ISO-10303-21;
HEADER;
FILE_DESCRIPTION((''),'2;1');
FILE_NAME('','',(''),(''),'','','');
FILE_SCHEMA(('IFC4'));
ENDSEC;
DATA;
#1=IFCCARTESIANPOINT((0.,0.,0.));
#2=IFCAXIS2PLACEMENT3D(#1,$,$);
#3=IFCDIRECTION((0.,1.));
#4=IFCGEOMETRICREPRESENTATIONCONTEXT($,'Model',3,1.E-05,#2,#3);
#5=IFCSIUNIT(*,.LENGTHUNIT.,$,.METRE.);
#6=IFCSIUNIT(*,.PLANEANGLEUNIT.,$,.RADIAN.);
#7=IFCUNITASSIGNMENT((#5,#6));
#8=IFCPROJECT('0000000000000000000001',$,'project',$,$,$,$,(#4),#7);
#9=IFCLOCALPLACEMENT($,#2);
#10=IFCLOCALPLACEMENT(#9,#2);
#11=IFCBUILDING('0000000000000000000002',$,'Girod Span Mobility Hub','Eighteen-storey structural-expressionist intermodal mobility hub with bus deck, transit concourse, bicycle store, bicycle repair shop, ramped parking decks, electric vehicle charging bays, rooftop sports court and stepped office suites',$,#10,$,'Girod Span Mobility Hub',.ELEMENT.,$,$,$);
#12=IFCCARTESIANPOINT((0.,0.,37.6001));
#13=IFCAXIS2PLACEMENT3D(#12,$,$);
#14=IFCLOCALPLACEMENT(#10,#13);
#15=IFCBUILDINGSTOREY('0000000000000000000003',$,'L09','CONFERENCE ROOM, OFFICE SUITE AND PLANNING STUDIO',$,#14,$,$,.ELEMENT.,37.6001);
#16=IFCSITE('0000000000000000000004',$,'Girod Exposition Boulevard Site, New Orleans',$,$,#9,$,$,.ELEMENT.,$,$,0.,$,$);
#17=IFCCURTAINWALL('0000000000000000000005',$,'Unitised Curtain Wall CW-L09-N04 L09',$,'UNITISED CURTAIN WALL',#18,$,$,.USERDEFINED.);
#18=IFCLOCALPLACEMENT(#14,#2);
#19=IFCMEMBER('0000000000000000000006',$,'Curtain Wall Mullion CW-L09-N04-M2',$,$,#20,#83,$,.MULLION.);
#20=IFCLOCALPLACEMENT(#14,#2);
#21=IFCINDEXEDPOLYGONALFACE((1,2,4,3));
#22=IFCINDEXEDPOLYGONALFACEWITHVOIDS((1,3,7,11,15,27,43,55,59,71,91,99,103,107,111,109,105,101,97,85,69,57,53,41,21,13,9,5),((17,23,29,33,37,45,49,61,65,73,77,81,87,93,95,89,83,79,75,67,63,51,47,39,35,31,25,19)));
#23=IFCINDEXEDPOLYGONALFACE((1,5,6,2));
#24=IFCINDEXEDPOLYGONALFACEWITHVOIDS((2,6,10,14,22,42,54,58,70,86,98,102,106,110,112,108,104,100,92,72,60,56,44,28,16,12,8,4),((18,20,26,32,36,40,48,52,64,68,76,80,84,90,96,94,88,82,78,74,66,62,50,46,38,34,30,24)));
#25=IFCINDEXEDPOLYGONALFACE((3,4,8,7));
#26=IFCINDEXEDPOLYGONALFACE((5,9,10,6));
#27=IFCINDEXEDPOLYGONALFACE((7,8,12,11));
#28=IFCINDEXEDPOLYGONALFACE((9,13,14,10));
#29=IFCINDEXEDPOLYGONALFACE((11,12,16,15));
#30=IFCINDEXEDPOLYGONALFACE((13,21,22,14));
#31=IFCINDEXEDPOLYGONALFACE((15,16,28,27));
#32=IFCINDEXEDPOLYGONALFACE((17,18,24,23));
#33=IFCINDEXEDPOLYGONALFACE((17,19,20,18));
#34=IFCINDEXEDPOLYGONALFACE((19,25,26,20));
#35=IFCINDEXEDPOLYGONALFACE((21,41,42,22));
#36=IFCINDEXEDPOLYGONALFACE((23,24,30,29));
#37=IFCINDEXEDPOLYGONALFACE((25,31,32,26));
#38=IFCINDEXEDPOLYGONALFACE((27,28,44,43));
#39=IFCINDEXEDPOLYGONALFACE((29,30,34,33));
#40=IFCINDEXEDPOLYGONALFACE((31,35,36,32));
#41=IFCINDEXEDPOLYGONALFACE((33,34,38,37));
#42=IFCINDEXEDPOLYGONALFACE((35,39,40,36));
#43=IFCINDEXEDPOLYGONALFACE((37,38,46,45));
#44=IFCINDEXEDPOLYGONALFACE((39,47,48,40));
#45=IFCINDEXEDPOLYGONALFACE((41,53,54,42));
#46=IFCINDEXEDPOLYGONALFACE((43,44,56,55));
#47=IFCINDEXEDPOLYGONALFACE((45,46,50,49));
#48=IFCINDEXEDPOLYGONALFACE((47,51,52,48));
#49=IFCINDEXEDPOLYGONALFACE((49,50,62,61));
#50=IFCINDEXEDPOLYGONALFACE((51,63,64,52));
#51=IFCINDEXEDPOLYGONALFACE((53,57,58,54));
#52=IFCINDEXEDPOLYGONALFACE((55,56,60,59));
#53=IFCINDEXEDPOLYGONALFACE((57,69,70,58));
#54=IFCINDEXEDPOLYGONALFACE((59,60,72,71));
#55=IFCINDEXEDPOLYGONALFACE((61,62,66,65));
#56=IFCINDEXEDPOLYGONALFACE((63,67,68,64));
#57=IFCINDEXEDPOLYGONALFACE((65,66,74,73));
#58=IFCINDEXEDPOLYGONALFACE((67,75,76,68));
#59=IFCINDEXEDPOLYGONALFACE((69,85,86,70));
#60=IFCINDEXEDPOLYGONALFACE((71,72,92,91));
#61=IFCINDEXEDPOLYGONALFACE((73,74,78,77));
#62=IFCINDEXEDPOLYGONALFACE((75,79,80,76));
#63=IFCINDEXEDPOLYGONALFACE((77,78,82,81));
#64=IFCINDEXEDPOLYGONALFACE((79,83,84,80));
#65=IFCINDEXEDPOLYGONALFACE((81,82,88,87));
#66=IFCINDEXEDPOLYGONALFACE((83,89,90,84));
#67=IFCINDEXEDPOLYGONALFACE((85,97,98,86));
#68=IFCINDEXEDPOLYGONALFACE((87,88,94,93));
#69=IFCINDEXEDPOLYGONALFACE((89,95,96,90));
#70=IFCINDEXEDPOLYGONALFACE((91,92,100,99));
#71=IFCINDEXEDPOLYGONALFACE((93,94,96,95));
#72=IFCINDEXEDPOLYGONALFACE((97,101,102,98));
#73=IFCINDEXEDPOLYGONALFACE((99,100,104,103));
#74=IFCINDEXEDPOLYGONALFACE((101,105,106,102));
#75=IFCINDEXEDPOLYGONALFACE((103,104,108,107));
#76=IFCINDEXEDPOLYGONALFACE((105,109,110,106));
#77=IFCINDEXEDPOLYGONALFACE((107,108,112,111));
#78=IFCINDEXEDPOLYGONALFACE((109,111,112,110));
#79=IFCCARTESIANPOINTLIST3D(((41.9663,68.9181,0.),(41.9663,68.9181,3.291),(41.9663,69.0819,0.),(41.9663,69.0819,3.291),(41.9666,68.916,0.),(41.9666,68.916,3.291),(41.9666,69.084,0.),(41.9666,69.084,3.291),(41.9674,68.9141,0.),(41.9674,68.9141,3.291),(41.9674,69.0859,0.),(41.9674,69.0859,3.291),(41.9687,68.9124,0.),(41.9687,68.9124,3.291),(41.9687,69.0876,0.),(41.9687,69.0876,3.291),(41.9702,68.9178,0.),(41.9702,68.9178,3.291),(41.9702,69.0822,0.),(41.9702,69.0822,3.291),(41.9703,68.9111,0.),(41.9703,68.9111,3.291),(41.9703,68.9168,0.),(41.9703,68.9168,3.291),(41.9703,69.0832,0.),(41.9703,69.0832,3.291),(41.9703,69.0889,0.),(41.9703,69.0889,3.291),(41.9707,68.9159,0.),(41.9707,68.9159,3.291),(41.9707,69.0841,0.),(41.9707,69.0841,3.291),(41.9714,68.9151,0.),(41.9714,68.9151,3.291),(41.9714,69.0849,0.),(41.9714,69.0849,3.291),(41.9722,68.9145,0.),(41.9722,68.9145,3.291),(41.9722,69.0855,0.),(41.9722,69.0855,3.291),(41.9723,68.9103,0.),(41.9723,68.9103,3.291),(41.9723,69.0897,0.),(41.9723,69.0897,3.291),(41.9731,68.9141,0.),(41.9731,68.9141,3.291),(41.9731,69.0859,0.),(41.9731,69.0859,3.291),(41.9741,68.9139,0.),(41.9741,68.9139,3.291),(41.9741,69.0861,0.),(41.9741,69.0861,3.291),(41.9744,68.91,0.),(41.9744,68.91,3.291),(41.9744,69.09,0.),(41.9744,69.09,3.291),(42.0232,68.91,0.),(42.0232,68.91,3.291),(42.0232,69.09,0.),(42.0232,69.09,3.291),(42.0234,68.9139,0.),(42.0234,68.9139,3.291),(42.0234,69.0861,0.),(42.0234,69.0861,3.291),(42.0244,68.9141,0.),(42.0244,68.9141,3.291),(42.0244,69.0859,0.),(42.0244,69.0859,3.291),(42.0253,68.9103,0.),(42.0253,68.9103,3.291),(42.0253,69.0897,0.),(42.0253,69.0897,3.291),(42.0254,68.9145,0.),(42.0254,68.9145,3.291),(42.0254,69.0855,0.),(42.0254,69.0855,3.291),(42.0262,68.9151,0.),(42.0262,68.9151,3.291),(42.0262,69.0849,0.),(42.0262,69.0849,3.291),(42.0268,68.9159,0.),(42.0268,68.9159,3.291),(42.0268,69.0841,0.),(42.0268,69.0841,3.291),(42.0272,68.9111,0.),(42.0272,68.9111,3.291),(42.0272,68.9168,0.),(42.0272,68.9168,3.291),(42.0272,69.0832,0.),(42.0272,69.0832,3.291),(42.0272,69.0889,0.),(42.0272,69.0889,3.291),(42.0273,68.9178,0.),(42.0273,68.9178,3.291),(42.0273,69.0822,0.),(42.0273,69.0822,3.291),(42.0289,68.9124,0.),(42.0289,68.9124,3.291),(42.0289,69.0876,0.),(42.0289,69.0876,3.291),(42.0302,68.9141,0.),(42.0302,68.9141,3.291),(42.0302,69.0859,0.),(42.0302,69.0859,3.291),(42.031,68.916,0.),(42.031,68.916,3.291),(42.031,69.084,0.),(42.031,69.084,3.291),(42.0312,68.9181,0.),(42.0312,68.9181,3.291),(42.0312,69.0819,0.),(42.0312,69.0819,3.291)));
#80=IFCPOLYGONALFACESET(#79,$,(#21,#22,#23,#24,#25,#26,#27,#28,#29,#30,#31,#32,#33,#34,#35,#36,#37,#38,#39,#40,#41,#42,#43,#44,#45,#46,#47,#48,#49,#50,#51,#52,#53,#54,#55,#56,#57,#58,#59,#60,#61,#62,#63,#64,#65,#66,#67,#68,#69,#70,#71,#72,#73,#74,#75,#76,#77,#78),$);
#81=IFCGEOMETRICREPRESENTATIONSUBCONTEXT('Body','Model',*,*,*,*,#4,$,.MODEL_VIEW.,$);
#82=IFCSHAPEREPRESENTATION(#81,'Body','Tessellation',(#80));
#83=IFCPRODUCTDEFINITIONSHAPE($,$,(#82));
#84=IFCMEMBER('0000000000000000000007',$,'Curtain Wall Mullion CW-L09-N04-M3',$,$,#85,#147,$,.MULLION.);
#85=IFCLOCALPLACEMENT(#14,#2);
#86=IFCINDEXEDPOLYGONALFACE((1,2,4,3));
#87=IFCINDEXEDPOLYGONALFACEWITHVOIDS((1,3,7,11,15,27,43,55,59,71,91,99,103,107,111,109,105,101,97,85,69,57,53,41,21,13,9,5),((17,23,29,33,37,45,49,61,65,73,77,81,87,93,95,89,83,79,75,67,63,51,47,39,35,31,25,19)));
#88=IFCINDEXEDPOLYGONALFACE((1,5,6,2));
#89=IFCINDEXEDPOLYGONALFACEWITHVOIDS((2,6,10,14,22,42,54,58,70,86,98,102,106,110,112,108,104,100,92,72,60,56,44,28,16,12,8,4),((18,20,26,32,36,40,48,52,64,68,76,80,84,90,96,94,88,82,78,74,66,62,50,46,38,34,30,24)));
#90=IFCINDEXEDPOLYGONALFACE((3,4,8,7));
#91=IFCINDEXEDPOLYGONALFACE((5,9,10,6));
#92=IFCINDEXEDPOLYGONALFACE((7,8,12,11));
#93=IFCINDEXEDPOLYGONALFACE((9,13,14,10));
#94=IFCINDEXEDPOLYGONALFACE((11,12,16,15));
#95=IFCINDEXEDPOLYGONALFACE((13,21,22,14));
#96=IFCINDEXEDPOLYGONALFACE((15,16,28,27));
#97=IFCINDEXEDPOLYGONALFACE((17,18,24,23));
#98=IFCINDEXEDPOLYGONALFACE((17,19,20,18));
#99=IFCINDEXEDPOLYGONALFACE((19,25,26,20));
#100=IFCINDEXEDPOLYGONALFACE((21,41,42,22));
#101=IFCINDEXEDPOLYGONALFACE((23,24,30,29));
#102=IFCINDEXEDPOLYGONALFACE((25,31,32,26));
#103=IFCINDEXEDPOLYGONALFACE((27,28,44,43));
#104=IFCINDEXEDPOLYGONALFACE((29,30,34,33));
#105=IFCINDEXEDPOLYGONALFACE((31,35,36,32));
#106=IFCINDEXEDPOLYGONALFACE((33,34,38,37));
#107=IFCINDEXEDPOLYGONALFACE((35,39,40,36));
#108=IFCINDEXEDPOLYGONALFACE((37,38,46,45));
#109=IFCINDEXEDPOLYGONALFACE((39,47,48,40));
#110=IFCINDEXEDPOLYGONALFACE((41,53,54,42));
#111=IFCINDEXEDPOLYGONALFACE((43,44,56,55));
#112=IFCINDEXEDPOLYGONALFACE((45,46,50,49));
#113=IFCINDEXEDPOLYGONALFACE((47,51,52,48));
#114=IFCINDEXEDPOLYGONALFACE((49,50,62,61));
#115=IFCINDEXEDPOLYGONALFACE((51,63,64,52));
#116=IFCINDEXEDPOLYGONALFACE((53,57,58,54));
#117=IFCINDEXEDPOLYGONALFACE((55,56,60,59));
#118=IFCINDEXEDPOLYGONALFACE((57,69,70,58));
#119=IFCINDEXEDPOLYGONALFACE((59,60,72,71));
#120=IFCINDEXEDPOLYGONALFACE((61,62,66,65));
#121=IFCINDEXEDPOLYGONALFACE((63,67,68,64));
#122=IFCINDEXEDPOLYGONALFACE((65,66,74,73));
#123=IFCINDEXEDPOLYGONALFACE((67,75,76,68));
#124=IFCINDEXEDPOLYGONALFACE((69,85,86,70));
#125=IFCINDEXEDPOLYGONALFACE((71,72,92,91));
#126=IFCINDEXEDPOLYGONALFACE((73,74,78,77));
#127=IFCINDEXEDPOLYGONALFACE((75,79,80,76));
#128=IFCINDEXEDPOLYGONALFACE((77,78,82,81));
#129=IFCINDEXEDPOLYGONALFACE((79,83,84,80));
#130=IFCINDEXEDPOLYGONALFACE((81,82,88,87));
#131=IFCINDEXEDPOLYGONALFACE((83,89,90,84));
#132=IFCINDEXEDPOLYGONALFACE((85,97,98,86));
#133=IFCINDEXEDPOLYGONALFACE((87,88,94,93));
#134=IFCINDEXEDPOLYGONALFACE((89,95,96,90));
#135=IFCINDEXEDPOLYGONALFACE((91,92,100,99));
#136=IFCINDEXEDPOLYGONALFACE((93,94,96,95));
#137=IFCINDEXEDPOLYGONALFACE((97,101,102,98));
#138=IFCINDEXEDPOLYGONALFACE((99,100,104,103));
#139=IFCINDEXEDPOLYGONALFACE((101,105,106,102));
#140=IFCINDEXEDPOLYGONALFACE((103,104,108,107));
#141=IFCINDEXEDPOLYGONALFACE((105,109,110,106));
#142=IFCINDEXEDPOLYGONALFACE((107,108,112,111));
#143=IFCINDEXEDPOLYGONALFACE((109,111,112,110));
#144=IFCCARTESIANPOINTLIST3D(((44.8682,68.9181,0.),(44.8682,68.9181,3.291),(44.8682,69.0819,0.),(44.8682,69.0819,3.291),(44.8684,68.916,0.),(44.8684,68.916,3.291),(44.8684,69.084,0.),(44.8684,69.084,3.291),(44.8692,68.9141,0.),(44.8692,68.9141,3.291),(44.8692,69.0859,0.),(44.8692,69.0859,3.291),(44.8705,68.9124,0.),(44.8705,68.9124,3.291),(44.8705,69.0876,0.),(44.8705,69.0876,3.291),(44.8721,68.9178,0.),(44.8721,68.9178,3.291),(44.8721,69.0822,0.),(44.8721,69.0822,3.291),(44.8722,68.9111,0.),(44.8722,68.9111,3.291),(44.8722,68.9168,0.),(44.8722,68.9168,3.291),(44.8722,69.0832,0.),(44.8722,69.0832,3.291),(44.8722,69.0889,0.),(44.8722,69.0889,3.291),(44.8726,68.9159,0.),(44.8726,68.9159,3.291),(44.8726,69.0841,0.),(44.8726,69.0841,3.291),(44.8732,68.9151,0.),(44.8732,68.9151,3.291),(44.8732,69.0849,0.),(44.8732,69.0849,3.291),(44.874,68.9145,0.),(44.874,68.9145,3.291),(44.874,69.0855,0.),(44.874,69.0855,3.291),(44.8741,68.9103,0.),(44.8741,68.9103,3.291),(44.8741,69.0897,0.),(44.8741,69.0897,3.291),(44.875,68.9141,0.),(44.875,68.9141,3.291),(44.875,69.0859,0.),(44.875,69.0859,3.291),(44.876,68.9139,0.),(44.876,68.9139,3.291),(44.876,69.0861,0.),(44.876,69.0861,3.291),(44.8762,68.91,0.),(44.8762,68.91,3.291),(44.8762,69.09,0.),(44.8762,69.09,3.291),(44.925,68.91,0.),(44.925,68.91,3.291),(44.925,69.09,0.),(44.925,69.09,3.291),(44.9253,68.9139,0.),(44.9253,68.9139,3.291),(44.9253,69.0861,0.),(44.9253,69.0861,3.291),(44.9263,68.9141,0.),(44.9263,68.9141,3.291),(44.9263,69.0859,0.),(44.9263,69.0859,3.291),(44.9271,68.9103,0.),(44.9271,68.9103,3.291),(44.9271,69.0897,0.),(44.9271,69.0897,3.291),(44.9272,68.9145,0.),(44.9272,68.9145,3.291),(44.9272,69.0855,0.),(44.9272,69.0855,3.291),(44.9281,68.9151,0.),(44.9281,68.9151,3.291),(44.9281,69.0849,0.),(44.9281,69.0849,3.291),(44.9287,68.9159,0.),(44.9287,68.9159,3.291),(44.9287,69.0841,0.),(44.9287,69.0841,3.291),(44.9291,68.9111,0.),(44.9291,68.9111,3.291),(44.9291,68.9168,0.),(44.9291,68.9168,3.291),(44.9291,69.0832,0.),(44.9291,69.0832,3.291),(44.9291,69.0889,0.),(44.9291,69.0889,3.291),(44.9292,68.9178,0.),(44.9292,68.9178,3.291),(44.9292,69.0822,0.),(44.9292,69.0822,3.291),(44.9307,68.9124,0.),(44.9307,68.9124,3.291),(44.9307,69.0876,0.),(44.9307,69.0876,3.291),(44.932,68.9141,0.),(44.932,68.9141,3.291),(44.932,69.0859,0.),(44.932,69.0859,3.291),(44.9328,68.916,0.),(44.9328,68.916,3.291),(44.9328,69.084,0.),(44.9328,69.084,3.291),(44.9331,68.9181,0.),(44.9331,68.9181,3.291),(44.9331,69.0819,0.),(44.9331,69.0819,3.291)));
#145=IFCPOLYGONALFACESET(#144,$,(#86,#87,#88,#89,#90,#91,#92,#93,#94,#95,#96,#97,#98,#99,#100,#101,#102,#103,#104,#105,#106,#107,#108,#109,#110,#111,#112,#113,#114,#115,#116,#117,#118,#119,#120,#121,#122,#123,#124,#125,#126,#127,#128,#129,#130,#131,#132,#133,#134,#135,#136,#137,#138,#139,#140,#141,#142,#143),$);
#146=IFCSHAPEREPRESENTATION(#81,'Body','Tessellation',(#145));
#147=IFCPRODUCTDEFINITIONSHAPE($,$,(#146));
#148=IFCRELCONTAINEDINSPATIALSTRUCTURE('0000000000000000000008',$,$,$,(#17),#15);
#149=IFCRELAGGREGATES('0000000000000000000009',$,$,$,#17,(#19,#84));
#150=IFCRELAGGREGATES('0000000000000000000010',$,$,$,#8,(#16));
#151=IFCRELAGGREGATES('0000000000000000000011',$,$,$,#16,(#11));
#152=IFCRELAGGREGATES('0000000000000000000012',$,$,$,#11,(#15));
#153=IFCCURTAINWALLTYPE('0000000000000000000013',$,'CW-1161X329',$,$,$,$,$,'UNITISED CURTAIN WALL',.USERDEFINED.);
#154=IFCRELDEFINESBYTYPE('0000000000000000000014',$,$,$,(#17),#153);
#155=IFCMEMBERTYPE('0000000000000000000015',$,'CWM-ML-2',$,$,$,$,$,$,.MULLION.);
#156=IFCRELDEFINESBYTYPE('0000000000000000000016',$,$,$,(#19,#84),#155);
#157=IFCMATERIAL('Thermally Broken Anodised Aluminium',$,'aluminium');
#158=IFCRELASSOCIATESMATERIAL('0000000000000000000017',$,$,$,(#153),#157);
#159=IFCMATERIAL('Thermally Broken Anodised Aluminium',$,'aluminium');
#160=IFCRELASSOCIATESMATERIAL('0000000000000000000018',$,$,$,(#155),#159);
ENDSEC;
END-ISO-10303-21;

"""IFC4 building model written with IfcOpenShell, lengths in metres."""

from ifc_helpers import new_model, si_unit, direction, frame, origin, origin_2d, place, context, subcontext, project, spatial, hollow_rectangle, extrude, material, material_profile, profile_set, type_object, element, aggregate, save


model = new_model("IFC4")

# Units and contexts
model_context = context("Model", 3, precision=1e-05, world=origin(), true_north=direction((0.0, 1.0)))
body_context = subcontext(model_context, "Body", "Model", "MODEL_VIEW")
ifc_project = project(units=[si_unit("LENGTHUNIT", "METRE"), si_unit("PLANEANGLEUNIT", "RADIAN")], contexts=[model_context])

# Site, building, storey
site_placement = place(None, origin())
site = spatial("IfcSite", under=ifc_project, at=site_placement, Name="Girod Exposition Boulevard Site, New Orleans", CompositionType="ELEMENT", RefElevation=0.0)
building_placement = place(site_placement, origin())
building = spatial("IfcBuilding", under=site, at=building_placement, Name="Girod Span Mobility Hub", Description="Eighteen-storey structural-expressionist intermodal mobility hub with bus deck, transit concourse, bicycle store, bicycle repair shop, ramped parking decks, electric vehicle charging bays, rooftop sports court and stepped office suites", LongName="Girod Span Mobility Hub", CompositionType="ELEMENT")
storey_placement = place(building_placement, frame((0.0, 0.0, 37.6001)))
storey = spatial("IfcBuildingStorey", under=building, at=storey_placement, Name="L09", Description="CONFERENCE ROOM, OFFICE SUITE AND PLANNING STUDIO", CompositionType="ELEMENT", Elevation=37.6001)

# Curtain wall, members
ifc_material_1 = material(Name="Thermally Broken Anodised Aluminium", Category="aluminium")
curtain_wall_type = type_object("IfcCurtainWallType", Name="CW-1161X329", ElementType="UNITISED CURTAIN WALL", PredefinedType="USERDEFINED", material=ifc_material_1)
curtain_wall_placement = place(storey_placement, origin())
curtain_wall = element("IfcCurtainWall", 1, at=curtain_wall_placement, inside=storey, type_object=curtain_wall_type, Name="Unitised Curtain Wall CW-L09-N04 L09", ObjectType="UNITISED CURTAIN WALL", PredefinedType="USERDEFINED")
ifc_material_2 = material(Name="Thermally Broken Anodised Aluminium", Category="aluminium")
ifc_material_profile_1 = material_profile(ifc_material_2, hollow_rectangle(XDim=0.1799, YDim=0.0649, WallThickness=0.0039, InnerFilletRadius=0.0039, OuterFilletRadius=0.0081, at=origin_2d()), Name="CW-ML-65X180")
ifc_profile_set_1 = profile_set([ifc_material_profile_1], Name="Thermally Broken Anodised Aluminium")
member_type_1 = type_object("IfcMemberType", Name="CWM-ML-2", PredefinedType="MULLION", material=ifc_profile_set_1)
member_1_placement = place(storey_placement, frame((41.9988, 69.0, 0.0), z_axis=(0.0, 0.0, 1.0), x_axis=(0.0, 1.0, 0.0)))
member_1 = element("IfcMember", 2, at=member_1_placement, type_object=member_type_1, Name="Curtain Wall Mullion CW-L09-N04-M2", PredefinedType="MULLION", context=body_context, shape_type="SweptSolid", body=[
    extrude(hollow_rectangle(XDim=0.1799, YDim=0.0649, WallThickness=0.0039, InnerFilletRadius=0.0039, OuterFilletRadius=0.0081, at=origin_2d()), origin(), (0.0, 0.0, 1.0), 3.291),
])
member_2_placement = place(storey_placement, frame((44.9006, 69.0, 0.0), z_axis=(0.0, 0.0, 1.0), x_axis=(0.0, 1.0, 0.0)))
member_2 = element("IfcMember", 3, at=member_2_placement, type_object=member_type_1, Name="Curtain Wall Mullion CW-L09-N04-M3", PredefinedType="MULLION", context=body_context, shape_type="SweptSolid", body=[
    extrude(hollow_rectangle(XDim=0.1799, YDim=0.0649, WallThickness=0.0039, InnerFilletRadius=0.0039, OuterFilletRadius=0.0081, at=origin_2d()), origin(), (0.0, 0.0, 1.0), 3.291),
])

aggregate(curtain_wall, [member_1, member_2])

save(model, "model.ifc")
